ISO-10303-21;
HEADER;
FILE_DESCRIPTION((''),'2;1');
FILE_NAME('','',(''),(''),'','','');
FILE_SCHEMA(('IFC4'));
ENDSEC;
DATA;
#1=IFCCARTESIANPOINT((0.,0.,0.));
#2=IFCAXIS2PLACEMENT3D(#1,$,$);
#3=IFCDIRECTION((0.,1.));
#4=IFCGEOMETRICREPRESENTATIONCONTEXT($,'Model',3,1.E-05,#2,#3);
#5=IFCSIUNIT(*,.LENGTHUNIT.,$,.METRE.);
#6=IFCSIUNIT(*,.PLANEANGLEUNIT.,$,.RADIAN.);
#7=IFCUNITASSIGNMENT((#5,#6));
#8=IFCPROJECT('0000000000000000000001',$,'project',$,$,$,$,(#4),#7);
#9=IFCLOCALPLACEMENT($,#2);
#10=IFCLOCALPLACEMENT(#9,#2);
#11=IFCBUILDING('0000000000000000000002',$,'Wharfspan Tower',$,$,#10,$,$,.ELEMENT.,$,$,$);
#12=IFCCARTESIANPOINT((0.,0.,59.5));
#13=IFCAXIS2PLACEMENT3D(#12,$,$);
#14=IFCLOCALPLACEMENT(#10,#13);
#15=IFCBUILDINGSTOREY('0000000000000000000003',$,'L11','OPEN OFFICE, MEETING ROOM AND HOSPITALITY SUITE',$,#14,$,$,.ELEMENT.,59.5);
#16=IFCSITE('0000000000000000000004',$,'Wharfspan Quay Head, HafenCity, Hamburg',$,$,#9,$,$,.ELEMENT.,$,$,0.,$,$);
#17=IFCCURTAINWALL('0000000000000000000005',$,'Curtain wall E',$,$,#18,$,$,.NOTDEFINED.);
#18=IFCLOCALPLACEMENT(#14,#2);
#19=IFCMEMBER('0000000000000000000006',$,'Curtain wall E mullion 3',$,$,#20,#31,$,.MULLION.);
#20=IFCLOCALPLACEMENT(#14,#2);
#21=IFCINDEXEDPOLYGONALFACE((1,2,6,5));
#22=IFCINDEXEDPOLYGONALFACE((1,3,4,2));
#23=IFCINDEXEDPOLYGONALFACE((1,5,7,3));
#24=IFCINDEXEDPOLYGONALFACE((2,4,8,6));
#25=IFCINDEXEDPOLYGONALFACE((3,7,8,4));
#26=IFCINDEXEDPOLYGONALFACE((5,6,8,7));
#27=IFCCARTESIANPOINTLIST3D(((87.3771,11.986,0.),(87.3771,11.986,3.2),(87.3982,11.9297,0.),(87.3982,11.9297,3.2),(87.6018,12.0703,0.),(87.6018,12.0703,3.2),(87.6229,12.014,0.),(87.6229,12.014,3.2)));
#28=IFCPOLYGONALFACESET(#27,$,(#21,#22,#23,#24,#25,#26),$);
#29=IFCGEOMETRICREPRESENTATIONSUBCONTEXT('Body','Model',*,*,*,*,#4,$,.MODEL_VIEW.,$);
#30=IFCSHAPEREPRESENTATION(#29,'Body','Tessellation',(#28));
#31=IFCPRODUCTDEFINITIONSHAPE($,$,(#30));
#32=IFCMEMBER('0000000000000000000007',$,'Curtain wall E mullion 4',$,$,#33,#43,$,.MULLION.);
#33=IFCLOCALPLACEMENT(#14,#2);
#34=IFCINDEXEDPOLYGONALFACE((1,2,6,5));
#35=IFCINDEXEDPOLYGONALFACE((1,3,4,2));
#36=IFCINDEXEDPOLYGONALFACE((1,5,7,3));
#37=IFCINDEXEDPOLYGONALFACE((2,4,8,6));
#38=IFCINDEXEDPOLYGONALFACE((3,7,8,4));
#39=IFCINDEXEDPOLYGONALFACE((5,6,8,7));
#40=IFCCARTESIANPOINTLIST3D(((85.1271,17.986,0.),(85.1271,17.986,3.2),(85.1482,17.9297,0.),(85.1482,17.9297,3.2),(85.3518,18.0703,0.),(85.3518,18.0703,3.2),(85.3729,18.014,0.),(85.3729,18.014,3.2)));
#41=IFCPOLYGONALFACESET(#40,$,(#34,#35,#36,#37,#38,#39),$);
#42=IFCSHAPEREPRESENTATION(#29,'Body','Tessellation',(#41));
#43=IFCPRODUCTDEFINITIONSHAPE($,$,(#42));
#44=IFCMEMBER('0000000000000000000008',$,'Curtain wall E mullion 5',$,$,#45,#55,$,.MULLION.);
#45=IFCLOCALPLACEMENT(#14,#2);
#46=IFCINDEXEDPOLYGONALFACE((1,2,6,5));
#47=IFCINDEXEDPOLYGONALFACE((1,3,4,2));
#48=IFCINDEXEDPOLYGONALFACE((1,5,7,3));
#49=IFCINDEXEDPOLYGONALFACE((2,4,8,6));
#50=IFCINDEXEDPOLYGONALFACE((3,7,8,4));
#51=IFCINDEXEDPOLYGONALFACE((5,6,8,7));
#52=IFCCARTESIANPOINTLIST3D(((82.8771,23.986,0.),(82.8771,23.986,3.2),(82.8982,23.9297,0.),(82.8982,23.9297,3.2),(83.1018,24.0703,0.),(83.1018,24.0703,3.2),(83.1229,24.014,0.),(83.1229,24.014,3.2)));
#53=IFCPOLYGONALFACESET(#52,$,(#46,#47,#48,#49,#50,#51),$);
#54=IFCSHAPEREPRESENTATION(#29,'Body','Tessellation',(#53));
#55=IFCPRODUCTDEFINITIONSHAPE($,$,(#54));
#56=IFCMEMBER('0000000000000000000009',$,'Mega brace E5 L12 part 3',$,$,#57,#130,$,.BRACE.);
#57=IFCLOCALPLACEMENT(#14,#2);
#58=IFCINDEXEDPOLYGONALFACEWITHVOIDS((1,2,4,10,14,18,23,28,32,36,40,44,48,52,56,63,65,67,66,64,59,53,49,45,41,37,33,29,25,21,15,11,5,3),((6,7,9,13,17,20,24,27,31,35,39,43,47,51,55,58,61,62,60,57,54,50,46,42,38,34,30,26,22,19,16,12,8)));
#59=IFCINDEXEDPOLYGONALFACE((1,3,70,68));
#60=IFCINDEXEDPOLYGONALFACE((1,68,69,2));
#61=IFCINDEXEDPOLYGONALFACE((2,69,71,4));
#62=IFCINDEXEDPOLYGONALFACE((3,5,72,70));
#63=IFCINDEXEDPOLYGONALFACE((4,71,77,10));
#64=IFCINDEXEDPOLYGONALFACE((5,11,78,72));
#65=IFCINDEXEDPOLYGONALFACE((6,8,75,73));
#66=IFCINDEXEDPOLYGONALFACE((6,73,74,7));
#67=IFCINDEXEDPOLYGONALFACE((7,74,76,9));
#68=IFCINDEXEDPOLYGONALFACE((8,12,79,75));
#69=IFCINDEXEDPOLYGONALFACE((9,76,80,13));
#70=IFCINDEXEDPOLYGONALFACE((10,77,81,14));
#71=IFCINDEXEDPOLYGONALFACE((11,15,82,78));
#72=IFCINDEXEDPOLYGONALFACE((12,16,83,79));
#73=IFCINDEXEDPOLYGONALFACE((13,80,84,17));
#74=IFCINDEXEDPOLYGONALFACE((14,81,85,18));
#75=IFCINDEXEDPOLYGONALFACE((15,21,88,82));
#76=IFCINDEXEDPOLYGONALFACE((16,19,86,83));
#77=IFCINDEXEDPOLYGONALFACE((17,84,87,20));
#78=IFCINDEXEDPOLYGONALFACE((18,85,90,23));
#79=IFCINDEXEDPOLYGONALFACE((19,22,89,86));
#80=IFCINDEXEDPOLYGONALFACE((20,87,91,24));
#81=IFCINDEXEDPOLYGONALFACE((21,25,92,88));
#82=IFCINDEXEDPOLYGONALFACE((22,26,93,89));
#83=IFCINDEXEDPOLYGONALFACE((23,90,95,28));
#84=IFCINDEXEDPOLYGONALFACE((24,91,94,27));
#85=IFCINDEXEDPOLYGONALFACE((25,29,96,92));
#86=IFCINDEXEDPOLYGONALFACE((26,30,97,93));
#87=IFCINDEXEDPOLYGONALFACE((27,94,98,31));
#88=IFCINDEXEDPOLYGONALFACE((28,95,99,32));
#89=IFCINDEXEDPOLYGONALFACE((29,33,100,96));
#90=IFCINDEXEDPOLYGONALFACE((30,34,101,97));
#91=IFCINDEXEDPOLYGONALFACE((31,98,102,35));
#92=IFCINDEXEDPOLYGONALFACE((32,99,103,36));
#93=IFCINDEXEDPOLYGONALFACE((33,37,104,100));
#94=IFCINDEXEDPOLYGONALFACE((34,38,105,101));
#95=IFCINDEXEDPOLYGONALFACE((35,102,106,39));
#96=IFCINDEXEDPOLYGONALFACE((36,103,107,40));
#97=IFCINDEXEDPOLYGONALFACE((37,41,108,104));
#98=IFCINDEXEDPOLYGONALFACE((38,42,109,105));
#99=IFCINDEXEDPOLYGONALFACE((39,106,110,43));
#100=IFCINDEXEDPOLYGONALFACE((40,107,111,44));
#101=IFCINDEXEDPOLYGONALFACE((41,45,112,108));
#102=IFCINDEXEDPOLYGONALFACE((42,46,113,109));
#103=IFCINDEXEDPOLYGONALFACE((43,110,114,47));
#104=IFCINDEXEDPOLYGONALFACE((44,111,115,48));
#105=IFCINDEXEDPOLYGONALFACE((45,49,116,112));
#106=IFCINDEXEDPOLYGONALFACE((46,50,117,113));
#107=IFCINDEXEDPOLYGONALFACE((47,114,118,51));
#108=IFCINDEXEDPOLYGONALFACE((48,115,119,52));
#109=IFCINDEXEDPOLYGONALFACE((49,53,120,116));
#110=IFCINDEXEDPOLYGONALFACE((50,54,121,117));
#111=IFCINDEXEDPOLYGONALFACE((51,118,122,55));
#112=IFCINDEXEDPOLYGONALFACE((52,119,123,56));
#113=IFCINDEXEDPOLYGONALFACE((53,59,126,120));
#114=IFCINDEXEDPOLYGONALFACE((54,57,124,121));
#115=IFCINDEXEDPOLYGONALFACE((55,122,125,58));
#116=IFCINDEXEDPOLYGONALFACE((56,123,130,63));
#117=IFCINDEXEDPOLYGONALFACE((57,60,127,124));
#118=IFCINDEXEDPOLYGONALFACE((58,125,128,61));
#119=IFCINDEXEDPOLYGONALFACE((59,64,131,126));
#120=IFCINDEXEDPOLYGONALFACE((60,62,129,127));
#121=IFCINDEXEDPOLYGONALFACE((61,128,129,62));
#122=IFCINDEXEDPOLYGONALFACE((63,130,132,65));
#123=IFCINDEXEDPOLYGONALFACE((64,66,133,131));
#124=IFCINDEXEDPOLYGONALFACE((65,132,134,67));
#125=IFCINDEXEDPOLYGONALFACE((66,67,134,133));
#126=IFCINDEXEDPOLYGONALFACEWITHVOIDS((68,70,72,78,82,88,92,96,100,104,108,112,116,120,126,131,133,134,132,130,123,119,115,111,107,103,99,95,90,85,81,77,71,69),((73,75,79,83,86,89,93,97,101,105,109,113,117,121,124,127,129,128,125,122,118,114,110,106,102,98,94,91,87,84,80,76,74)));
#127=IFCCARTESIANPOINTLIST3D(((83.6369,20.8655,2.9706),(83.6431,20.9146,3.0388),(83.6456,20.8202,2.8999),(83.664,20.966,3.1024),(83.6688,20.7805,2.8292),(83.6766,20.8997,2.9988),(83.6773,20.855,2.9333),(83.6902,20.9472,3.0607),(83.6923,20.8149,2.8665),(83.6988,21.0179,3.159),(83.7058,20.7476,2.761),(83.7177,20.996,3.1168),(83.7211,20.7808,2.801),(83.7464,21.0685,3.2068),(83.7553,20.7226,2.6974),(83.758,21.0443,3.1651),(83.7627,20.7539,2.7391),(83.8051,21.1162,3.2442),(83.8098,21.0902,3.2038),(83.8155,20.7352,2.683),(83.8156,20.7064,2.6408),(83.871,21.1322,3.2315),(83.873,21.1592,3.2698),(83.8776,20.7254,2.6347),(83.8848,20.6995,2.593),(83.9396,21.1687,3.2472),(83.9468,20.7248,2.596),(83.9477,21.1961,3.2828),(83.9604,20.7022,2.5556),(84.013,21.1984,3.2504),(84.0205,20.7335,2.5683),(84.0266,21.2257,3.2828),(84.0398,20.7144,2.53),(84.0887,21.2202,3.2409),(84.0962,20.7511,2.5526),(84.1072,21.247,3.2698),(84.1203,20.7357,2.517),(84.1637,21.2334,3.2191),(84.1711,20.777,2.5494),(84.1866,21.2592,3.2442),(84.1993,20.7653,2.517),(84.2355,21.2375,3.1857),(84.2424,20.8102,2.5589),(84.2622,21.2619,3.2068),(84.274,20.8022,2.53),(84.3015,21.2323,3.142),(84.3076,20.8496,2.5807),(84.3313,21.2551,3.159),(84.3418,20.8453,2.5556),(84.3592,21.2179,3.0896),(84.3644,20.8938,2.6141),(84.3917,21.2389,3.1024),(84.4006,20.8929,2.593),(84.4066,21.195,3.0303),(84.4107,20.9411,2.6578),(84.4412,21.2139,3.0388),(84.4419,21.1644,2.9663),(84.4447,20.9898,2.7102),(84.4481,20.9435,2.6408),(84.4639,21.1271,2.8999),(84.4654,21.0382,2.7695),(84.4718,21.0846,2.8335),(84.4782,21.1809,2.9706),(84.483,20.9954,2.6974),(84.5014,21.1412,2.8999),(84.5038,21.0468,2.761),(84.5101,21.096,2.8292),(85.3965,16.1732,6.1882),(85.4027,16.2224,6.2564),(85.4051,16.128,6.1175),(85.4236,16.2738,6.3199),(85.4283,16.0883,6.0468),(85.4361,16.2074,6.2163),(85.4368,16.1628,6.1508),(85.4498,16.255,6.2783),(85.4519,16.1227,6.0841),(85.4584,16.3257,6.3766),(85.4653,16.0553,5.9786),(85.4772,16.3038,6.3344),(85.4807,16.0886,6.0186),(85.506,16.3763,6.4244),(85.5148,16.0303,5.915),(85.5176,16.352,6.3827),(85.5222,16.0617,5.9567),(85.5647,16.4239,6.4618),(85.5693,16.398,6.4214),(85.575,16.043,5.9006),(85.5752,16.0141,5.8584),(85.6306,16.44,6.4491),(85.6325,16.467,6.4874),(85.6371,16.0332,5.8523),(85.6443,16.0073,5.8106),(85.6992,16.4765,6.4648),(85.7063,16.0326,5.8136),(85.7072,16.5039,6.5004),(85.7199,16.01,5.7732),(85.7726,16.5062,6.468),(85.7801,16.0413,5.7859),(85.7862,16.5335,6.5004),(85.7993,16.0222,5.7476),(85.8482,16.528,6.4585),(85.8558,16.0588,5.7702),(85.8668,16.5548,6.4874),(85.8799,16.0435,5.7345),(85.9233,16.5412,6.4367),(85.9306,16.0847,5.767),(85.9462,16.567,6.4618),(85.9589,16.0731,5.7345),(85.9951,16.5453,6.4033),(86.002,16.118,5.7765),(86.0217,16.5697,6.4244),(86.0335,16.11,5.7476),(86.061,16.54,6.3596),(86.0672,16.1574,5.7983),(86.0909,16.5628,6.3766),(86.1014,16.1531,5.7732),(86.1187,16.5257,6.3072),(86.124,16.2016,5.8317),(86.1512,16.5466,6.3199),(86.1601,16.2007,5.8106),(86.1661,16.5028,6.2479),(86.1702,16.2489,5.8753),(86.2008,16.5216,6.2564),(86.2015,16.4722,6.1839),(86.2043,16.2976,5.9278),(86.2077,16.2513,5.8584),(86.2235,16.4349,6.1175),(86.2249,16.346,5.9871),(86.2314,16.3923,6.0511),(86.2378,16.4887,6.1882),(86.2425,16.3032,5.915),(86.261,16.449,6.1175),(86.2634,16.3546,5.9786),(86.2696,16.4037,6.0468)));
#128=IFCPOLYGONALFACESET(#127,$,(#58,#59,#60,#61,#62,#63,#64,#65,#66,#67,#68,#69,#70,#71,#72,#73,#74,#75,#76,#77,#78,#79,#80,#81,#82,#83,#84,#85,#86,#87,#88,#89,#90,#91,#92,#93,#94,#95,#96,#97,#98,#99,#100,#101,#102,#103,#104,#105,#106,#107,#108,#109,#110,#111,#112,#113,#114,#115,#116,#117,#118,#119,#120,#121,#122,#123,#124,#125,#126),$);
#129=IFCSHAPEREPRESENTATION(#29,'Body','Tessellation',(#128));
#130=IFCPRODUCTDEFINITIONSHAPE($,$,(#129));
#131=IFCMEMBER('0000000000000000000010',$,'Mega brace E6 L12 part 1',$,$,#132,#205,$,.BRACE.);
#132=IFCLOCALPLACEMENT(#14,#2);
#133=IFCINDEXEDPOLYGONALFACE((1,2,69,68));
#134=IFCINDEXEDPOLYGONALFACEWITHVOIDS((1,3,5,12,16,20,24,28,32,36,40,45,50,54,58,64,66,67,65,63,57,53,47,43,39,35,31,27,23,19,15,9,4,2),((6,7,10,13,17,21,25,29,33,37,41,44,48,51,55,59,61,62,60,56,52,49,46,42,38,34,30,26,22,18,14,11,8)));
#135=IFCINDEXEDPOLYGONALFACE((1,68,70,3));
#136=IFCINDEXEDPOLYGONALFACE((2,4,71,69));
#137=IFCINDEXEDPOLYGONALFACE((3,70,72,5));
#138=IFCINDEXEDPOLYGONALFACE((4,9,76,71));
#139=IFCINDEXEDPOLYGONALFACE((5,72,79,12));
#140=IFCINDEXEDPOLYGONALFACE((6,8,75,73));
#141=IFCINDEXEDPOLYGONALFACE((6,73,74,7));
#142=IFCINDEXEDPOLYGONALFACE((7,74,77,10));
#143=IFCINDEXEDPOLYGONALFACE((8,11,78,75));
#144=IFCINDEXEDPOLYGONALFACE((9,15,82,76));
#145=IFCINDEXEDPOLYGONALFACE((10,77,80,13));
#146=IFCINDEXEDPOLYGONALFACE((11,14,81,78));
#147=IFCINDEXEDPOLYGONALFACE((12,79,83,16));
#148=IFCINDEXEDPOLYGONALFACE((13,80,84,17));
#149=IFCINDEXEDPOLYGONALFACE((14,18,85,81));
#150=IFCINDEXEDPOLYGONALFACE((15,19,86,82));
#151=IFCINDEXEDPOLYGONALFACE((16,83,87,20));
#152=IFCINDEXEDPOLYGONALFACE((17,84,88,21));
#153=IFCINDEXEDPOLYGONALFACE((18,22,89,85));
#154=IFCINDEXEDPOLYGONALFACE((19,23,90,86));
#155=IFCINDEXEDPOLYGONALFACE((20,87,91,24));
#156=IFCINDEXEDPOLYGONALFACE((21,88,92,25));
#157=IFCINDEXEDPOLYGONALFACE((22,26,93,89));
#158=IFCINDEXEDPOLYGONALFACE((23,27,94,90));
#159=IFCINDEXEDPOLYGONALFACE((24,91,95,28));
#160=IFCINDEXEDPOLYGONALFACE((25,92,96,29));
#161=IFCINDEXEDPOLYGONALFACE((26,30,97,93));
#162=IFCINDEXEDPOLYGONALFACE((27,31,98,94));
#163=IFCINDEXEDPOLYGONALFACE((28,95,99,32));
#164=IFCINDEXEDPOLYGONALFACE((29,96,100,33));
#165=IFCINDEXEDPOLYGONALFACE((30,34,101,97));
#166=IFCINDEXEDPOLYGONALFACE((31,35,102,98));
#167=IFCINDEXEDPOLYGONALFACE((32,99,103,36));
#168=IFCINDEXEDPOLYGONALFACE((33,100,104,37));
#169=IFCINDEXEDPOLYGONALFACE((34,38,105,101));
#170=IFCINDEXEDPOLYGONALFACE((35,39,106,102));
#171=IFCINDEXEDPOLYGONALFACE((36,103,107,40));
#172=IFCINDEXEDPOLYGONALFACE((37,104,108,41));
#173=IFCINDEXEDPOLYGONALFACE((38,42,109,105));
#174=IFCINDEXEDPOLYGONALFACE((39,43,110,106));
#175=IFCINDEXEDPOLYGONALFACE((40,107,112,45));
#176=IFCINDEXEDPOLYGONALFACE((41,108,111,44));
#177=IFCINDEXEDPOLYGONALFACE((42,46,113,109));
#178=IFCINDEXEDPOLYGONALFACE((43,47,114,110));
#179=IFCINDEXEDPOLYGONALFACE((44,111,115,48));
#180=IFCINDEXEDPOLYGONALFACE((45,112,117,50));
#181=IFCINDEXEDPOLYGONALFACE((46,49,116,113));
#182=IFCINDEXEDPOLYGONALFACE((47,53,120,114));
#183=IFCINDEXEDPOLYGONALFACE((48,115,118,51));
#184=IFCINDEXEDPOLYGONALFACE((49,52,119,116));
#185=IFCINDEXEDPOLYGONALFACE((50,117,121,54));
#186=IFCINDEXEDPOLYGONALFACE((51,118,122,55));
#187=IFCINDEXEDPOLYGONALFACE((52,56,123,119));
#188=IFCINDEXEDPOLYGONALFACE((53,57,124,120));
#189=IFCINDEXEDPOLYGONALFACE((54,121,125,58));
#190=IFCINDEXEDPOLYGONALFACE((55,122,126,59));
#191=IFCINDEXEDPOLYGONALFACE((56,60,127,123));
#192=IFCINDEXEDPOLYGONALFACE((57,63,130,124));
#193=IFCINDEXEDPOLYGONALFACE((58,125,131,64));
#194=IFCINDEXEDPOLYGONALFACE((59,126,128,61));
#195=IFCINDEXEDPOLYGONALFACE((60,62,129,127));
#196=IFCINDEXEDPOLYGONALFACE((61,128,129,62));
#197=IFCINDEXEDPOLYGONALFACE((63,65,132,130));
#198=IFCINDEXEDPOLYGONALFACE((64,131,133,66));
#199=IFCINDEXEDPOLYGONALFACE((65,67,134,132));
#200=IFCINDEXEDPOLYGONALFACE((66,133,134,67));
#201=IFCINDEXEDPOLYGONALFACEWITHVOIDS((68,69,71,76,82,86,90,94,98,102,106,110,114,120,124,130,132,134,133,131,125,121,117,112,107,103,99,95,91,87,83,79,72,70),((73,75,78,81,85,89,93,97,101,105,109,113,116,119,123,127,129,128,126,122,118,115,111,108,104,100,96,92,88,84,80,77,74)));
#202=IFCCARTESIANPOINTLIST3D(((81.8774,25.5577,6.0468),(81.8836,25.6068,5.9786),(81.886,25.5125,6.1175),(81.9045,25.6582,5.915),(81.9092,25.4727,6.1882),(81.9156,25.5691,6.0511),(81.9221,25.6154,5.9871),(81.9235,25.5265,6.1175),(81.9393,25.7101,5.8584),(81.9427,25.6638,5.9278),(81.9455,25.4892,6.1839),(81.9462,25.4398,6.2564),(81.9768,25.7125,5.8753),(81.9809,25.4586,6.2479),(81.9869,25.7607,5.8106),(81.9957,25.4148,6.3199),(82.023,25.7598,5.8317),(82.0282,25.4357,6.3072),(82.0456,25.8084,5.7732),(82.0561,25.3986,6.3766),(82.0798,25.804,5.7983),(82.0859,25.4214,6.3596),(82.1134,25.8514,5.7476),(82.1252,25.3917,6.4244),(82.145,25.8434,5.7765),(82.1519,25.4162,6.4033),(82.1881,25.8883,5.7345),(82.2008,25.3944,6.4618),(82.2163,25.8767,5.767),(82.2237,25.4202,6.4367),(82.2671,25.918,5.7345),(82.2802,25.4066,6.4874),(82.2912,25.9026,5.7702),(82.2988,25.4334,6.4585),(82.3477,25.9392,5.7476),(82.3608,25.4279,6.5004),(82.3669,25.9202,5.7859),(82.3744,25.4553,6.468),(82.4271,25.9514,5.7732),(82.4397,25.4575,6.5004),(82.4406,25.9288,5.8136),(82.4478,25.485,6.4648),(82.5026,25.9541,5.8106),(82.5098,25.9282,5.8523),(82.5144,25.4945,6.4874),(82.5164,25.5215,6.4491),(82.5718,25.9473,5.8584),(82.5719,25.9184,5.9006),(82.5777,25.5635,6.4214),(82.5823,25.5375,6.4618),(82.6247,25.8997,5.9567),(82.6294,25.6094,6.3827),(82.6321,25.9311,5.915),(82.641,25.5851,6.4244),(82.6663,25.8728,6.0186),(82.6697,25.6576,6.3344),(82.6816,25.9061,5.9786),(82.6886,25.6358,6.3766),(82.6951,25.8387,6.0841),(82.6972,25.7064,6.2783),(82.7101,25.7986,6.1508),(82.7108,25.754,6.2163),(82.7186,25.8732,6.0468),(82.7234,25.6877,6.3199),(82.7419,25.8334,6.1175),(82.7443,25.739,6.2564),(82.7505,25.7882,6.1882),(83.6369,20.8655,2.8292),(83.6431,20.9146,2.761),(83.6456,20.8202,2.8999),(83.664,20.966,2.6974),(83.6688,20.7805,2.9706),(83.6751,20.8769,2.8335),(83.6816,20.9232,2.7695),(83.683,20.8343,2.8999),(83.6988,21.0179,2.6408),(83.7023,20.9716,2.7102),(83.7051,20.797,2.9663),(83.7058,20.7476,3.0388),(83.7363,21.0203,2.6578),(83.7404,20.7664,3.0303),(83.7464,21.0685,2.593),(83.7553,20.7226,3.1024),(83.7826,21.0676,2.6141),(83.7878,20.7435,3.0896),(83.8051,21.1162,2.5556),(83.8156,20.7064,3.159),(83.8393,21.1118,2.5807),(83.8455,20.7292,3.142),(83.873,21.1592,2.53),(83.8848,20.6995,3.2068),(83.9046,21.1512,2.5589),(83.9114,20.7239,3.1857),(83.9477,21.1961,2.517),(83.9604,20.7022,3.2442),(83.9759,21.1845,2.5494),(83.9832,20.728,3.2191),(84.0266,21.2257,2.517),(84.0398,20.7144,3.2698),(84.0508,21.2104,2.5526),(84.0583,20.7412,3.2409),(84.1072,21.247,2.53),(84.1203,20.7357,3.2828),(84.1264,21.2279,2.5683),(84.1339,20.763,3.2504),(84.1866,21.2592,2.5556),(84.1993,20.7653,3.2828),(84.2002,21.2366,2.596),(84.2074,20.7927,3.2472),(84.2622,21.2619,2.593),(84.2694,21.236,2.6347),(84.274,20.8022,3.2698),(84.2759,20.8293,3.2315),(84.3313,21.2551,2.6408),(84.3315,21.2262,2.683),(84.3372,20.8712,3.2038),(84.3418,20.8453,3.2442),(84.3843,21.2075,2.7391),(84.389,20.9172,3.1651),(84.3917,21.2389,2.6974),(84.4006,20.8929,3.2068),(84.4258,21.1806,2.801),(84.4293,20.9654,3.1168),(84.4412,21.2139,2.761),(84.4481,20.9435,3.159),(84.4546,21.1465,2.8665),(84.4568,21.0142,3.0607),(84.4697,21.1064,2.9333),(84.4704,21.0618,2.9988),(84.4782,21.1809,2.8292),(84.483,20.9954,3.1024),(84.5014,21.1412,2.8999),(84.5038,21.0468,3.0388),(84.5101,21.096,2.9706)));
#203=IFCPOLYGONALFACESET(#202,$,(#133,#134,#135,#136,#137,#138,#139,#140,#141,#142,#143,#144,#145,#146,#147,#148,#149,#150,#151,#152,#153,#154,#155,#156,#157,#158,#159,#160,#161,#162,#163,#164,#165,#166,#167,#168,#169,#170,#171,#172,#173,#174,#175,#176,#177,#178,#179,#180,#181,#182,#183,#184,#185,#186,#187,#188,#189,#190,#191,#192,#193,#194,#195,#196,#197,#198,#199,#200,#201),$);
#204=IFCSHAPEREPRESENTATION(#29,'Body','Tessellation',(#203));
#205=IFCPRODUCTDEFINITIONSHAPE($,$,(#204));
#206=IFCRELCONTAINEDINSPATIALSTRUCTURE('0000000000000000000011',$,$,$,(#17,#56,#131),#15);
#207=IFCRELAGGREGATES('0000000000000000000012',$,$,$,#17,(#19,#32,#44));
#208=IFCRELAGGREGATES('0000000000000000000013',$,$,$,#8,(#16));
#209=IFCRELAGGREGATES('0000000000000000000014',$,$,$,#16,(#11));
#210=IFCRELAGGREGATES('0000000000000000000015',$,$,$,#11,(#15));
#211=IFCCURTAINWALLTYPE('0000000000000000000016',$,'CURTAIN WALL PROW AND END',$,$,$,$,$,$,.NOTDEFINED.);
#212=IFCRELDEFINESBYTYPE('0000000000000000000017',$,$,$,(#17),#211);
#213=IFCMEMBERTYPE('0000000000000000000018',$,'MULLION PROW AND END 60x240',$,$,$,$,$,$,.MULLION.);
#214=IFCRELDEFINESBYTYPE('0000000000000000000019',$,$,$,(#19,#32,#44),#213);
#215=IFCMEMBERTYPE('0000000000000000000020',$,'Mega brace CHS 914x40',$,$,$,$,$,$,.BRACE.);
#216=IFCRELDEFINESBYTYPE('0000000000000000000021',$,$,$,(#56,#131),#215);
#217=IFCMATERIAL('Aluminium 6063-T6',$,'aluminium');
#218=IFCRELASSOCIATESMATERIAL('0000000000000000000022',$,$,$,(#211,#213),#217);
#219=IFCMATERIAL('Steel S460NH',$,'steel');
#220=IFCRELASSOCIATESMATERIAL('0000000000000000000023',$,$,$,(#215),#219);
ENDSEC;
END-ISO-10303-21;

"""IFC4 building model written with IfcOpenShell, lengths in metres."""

from ifc_helpers import new_model, si_unit, direction, frame, origin, origin_2d, place, context, subcontext, project, spatial, rectangle, hollow_circle, extrude, material, material_profile, profile_set, type_object, element, aggregate, save


model = new_model("IFC4")

# Units and contexts
model_context = context("Model", 3, precision=1e-05, world=origin(), true_north=direction((0.0, 1.0)))
body_context = subcontext(model_context, "Body", "Model", "MODEL_VIEW")
ifc_project = project(units=[si_unit("LENGTHUNIT", "METRE"), si_unit("PLANEANGLEUNIT", "RADIAN")], contexts=[model_context])

# Site, building, storey
site_placement = place(None, origin())
site = spatial("IfcSite", under=ifc_project, at=site_placement, Name="Wharfspan Quay Head, HafenCity, Hamburg", CompositionType="ELEMENT", RefElevation=0.0)
building_placement = place(site_placement, origin())
building = spatial("IfcBuilding", under=site, at=building_placement, Name="Wharfspan Tower", CompositionType="ELEMENT")
storey_placement = place(building_placement, frame((0.0, 0.0, 59.5)))
storey = spatial("IfcBuildingStorey", under=building, at=storey_placement, Name="L11", Description="OPEN OFFICE, MEETING ROOM AND HOSPITALITY SUITE", CompositionType="ELEMENT", Elevation=59.5)

# Curtain wall, members
ifc_material_1 = material(Name="Aluminium 6063-T6", Category="aluminium")
curtain_wall_type = type_object("IfcCurtainWallType", Name="CURTAIN WALL PROW AND END", PredefinedType="NOTDEFINED", material=ifc_material_1)
curtain_wall_placement = place(storey_placement, origin())
curtain_wall = element("IfcCurtainWall", 1, at=curtain_wall_placement, inside=storey, type_object=curtain_wall_type, Name="Curtain wall E", PredefinedType="NOTDEFINED")
ifc_material_profile_1 = material_profile(ifc_material_1, rectangle(XDim=0.24, YDim=0.0601, at=origin_2d()))
ifc_profile_set_1 = profile_set([ifc_material_profile_1], Name="Aluminium 6063-T6")
member_type_1 = type_object("IfcMemberType", Name="MULLION PROW AND END 60x240", PredefinedType="MULLION", material=ifc_profile_set_1)
member_1_placement = place(storey_placement, frame((87.5, 12.0, 0.0), z_axis=(0.0, 0.0, 1.0), x_axis=(-0.936328, -0.351123, 0.0)))
member_1 = element("IfcMember", 2, at=member_1_placement, type_object=member_type_1, Name="Curtain wall E mullion 3", PredefinedType="MULLION", context=body_context, shape_type="SweptSolid", body=[
    extrude(rectangle(XDim=0.24, YDim=0.0601, at=origin_2d()), origin(), (0.0, 0.0, 1.0), 3.2),
])
member_2_placement = place(storey_placement, frame((85.25, 18.0, 0.0), z_axis=(0.0, 0.0, 1.0), x_axis=(-0.936328, -0.351123, 0.0)))
member_2 = element("IfcMember", 3, at=member_2_placement, type_object=member_type_1, Name="Curtain wall E mullion 4", PredefinedType="MULLION", context=body_context, shape_type="SweptSolid", body=[
    extrude(rectangle(XDim=0.24, YDim=0.0601, at=origin_2d()), origin(), (0.0, 0.0, 1.0), 3.2),
])
member_3_placement = place(storey_placement, frame((83.0, 24.0, 0.0), z_axis=(0.0, 0.0, 1.0), x_axis=(-0.936328, -0.351123, 0.0)))
member_3 = element("IfcMember", 4, at=member_3_placement, type_object=member_type_1, Name="Curtain wall E mullion 5", PredefinedType="MULLION", context=body_context, shape_type="SweptSolid", body=[
    extrude(rectangle(XDim=0.24, YDim=0.0601, at=origin_2d()), origin(), (0.0, 0.0, 1.0), 3.2),
])

# Members
ifc_material_2 = material(Name="Steel S460NH", Category="steel")
ifc_material_profile_2 = material_profile(ifc_material_2, hollow_circle(Radius=0.457, WallThickness=0.04, at=origin_2d()))
ifc_profile_set_2 = profile_set([ifc_material_profile_2], Name="Steel S460NH")
member_type_2 = type_object("IfcMemberType", Name="Mega brace CHS 914x40", PredefinedType="BRACE", material=ifc_profile_set_2)
for number, where, z_axis, x_axis, name in (
    (5, (84.0735, 20.9807, 2.8999), (0.295459, -0.787904, 0.540288), (0.936328, 0.351115, -0.000003), "Mega brace E5 L12 part 3"),
    (6, (84.0735, 20.9807, 2.8999), (-0.295459, 0.787904, 0.540288), (-0.936328, -0.351115, -0.000003), "Mega brace E6 L12 part 1"),
):
    element("IfcMember", number, at=place(storey_placement, frame(where, z_axis=z_axis, x_axis=x_axis)), inside=storey, type_object=member_type_2, Name=name, PredefinedType="BRACE", context=body_context, shape_type="SweptSolid", body=[
        extrude(hollow_circle(Radius=0.457, WallThickness=0.04, at=origin_2d()), origin(), (0.0, 0.0, 1.0), 5.9553),
    ])

aggregate(curtain_wall, [member_1, member_2, member_3])

save(model, "model.ifc")
